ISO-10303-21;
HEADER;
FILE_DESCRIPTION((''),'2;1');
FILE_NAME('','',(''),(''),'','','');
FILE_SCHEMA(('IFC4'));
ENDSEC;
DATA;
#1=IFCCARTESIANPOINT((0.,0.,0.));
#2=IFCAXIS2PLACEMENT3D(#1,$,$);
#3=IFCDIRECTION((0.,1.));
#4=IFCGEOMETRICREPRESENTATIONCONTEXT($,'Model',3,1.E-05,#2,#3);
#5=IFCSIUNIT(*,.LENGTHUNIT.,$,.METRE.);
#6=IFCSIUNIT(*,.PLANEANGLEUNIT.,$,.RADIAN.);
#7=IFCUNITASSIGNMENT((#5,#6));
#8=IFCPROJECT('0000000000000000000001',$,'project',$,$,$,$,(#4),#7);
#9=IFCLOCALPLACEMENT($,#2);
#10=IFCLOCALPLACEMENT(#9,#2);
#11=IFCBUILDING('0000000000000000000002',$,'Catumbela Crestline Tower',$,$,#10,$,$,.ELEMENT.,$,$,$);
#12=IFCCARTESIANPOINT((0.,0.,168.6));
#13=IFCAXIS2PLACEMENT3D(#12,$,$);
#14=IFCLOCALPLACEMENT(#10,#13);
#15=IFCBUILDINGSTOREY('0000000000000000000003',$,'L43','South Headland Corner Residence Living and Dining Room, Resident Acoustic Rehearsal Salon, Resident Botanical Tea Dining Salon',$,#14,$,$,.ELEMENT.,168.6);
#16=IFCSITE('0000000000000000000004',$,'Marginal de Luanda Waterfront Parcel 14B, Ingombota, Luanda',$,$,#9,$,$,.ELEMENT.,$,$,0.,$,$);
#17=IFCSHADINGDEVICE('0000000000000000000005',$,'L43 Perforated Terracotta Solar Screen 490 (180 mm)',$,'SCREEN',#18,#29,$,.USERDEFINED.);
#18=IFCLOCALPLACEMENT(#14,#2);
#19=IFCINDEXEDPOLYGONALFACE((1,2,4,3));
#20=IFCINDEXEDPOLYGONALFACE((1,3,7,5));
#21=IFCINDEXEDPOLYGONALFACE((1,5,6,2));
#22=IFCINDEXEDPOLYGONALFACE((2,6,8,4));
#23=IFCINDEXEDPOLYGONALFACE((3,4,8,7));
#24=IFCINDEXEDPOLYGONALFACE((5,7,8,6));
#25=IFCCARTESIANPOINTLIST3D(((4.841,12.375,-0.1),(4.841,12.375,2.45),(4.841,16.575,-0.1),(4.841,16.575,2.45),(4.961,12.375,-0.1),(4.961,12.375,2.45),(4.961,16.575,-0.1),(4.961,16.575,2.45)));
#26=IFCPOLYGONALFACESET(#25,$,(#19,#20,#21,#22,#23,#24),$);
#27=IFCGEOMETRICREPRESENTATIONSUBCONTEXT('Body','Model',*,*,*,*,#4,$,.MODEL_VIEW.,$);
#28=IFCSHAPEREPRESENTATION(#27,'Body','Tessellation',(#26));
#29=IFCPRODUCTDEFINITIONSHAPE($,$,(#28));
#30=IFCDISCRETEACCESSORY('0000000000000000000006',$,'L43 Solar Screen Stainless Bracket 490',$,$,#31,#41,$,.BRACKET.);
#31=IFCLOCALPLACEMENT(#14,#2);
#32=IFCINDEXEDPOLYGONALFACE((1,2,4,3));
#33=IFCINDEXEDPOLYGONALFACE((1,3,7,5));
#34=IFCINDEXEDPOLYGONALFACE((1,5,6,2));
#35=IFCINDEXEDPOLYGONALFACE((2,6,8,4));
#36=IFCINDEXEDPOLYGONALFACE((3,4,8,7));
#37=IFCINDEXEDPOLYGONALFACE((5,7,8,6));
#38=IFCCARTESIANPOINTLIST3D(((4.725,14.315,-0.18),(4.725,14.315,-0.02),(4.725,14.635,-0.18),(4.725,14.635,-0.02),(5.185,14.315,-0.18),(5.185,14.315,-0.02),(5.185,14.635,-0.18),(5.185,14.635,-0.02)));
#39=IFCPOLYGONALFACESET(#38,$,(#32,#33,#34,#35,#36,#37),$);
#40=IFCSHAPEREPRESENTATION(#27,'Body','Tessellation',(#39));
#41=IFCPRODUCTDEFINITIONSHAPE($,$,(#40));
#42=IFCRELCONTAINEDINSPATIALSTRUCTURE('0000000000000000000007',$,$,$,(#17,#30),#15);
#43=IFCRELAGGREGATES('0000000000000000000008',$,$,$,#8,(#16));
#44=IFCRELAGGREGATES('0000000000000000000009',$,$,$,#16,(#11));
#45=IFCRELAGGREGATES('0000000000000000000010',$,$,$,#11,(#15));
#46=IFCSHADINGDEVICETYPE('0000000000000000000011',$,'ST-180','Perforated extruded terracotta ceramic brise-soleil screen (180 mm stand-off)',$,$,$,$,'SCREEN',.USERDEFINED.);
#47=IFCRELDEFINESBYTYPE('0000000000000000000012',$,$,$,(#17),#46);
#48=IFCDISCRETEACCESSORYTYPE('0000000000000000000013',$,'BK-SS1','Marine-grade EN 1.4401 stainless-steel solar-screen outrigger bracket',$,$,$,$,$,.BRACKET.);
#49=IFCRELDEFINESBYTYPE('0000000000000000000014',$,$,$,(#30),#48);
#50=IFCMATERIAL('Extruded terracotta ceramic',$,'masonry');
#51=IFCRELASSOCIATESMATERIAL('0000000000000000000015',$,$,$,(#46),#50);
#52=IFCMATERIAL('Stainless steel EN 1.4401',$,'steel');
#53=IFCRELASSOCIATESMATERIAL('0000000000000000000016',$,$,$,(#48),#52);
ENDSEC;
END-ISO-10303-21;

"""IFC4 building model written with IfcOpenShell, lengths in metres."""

from ifc_helpers import new_model, si_unit, direction, frame, origin, origin_2d, place, context, subcontext, project, spatial, rectangle, extrude, material, type_object, element, save


model = new_model("IFC4")

# Units and contexts
model_context = context("Model", 3, precision=1e-05, world=origin(), true_north=direction((0.0, 1.0)))
body_context = subcontext(model_context, "Body", "Model", "MODEL_VIEW")
ifc_project = project(units=[si_unit("LENGTHUNIT", "METRE"), si_unit("PLANEANGLEUNIT", "RADIAN")], contexts=[model_context])

# Site, building, storey
site_placement = place(None, origin())
site = spatial("IfcSite", under=ifc_project, at=site_placement, Name="Marginal de Luanda Waterfront Parcel 14B, Ingombota, Luanda", CompositionType="ELEMENT", RefElevation=0.0)
building_placement = place(site_placement, origin())
building = spatial("IfcBuilding", under=site, at=building_placement, Name="Catumbela Crestline Tower", CompositionType="ELEMENT")
storey_placement = place(building_placement, frame((0.0, 0.0, 168.6)))
storey = spatial("IfcBuildingStorey", under=building, at=storey_placement, Name="L43", Description="South Headland Corner Residence Living and Dining Room, Resident Acoustic Rehearsal Salon, Resident Botanical Tea Dining Salon", CompositionType="ELEMENT", Elevation=168.6)

# Shading device
ifc_material_1 = material(Name="Extruded terracotta ceramic", Category="masonry")
shading_device_type = type_object("IfcShadingDeviceType", Name="ST-180", Description="Perforated extruded terracotta ceramic brise-soleil screen (180 mm stand-off)", ElementType="SCREEN", PredefinedType="USERDEFINED", material=ifc_material_1)
shading_device_placement = place(storey_placement, frame((4.901, 14.475, -0.1), z_axis=(0.0, 0.0, 1.0), x_axis=(0.0, -1.0, 0.0)))
element("IfcShadingDevice", 1, at=shading_device_placement, inside=storey, type_object=shading_device_type, Name="L43 Perforated Terracotta Solar Screen 490 (180 mm)", ObjectType="SCREEN", PredefinedType="USERDEFINED", context=body_context, shape_type="SweptSolid", body=[
    extrude(rectangle(XDim=4.2, YDim=0.12, at=origin_2d()), origin(), (0.0, 0.0, 1.0), 2.55),
])

# Discrete accessory
ifc_material_2 = material(Name="Stainless steel EN 1.4401", Category="steel")
discrete_accessory_type = type_object("IfcDiscreteAccessoryType", Name="BK-SS1", Description="Marine-grade EN 1.4401 stainless-steel solar-screen outrigger bracket", PredefinedType="BRACKET", material=ifc_material_2)
discrete_accessory_placement = place(storey_placement, frame((4.955, 14.475, -0.18), z_axis=(0.0, 0.0, 1.0), x_axis=(0.0, -1.0, 0.0)))
element("IfcDiscreteAccessory", 2, at=discrete_accessory_placement, inside=storey, type_object=discrete_accessory_type, Name="L43 Solar Screen Stainless Bracket 490", PredefinedType="BRACKET", context=body_context, shape_type="SweptSolid", body=[
    extrude(rectangle(XDim=0.32, YDim=0.46, at=origin_2d()), origin(), (0.0, 0.0, 1.0), 0.16),
])

save(model, "model.ifc")
